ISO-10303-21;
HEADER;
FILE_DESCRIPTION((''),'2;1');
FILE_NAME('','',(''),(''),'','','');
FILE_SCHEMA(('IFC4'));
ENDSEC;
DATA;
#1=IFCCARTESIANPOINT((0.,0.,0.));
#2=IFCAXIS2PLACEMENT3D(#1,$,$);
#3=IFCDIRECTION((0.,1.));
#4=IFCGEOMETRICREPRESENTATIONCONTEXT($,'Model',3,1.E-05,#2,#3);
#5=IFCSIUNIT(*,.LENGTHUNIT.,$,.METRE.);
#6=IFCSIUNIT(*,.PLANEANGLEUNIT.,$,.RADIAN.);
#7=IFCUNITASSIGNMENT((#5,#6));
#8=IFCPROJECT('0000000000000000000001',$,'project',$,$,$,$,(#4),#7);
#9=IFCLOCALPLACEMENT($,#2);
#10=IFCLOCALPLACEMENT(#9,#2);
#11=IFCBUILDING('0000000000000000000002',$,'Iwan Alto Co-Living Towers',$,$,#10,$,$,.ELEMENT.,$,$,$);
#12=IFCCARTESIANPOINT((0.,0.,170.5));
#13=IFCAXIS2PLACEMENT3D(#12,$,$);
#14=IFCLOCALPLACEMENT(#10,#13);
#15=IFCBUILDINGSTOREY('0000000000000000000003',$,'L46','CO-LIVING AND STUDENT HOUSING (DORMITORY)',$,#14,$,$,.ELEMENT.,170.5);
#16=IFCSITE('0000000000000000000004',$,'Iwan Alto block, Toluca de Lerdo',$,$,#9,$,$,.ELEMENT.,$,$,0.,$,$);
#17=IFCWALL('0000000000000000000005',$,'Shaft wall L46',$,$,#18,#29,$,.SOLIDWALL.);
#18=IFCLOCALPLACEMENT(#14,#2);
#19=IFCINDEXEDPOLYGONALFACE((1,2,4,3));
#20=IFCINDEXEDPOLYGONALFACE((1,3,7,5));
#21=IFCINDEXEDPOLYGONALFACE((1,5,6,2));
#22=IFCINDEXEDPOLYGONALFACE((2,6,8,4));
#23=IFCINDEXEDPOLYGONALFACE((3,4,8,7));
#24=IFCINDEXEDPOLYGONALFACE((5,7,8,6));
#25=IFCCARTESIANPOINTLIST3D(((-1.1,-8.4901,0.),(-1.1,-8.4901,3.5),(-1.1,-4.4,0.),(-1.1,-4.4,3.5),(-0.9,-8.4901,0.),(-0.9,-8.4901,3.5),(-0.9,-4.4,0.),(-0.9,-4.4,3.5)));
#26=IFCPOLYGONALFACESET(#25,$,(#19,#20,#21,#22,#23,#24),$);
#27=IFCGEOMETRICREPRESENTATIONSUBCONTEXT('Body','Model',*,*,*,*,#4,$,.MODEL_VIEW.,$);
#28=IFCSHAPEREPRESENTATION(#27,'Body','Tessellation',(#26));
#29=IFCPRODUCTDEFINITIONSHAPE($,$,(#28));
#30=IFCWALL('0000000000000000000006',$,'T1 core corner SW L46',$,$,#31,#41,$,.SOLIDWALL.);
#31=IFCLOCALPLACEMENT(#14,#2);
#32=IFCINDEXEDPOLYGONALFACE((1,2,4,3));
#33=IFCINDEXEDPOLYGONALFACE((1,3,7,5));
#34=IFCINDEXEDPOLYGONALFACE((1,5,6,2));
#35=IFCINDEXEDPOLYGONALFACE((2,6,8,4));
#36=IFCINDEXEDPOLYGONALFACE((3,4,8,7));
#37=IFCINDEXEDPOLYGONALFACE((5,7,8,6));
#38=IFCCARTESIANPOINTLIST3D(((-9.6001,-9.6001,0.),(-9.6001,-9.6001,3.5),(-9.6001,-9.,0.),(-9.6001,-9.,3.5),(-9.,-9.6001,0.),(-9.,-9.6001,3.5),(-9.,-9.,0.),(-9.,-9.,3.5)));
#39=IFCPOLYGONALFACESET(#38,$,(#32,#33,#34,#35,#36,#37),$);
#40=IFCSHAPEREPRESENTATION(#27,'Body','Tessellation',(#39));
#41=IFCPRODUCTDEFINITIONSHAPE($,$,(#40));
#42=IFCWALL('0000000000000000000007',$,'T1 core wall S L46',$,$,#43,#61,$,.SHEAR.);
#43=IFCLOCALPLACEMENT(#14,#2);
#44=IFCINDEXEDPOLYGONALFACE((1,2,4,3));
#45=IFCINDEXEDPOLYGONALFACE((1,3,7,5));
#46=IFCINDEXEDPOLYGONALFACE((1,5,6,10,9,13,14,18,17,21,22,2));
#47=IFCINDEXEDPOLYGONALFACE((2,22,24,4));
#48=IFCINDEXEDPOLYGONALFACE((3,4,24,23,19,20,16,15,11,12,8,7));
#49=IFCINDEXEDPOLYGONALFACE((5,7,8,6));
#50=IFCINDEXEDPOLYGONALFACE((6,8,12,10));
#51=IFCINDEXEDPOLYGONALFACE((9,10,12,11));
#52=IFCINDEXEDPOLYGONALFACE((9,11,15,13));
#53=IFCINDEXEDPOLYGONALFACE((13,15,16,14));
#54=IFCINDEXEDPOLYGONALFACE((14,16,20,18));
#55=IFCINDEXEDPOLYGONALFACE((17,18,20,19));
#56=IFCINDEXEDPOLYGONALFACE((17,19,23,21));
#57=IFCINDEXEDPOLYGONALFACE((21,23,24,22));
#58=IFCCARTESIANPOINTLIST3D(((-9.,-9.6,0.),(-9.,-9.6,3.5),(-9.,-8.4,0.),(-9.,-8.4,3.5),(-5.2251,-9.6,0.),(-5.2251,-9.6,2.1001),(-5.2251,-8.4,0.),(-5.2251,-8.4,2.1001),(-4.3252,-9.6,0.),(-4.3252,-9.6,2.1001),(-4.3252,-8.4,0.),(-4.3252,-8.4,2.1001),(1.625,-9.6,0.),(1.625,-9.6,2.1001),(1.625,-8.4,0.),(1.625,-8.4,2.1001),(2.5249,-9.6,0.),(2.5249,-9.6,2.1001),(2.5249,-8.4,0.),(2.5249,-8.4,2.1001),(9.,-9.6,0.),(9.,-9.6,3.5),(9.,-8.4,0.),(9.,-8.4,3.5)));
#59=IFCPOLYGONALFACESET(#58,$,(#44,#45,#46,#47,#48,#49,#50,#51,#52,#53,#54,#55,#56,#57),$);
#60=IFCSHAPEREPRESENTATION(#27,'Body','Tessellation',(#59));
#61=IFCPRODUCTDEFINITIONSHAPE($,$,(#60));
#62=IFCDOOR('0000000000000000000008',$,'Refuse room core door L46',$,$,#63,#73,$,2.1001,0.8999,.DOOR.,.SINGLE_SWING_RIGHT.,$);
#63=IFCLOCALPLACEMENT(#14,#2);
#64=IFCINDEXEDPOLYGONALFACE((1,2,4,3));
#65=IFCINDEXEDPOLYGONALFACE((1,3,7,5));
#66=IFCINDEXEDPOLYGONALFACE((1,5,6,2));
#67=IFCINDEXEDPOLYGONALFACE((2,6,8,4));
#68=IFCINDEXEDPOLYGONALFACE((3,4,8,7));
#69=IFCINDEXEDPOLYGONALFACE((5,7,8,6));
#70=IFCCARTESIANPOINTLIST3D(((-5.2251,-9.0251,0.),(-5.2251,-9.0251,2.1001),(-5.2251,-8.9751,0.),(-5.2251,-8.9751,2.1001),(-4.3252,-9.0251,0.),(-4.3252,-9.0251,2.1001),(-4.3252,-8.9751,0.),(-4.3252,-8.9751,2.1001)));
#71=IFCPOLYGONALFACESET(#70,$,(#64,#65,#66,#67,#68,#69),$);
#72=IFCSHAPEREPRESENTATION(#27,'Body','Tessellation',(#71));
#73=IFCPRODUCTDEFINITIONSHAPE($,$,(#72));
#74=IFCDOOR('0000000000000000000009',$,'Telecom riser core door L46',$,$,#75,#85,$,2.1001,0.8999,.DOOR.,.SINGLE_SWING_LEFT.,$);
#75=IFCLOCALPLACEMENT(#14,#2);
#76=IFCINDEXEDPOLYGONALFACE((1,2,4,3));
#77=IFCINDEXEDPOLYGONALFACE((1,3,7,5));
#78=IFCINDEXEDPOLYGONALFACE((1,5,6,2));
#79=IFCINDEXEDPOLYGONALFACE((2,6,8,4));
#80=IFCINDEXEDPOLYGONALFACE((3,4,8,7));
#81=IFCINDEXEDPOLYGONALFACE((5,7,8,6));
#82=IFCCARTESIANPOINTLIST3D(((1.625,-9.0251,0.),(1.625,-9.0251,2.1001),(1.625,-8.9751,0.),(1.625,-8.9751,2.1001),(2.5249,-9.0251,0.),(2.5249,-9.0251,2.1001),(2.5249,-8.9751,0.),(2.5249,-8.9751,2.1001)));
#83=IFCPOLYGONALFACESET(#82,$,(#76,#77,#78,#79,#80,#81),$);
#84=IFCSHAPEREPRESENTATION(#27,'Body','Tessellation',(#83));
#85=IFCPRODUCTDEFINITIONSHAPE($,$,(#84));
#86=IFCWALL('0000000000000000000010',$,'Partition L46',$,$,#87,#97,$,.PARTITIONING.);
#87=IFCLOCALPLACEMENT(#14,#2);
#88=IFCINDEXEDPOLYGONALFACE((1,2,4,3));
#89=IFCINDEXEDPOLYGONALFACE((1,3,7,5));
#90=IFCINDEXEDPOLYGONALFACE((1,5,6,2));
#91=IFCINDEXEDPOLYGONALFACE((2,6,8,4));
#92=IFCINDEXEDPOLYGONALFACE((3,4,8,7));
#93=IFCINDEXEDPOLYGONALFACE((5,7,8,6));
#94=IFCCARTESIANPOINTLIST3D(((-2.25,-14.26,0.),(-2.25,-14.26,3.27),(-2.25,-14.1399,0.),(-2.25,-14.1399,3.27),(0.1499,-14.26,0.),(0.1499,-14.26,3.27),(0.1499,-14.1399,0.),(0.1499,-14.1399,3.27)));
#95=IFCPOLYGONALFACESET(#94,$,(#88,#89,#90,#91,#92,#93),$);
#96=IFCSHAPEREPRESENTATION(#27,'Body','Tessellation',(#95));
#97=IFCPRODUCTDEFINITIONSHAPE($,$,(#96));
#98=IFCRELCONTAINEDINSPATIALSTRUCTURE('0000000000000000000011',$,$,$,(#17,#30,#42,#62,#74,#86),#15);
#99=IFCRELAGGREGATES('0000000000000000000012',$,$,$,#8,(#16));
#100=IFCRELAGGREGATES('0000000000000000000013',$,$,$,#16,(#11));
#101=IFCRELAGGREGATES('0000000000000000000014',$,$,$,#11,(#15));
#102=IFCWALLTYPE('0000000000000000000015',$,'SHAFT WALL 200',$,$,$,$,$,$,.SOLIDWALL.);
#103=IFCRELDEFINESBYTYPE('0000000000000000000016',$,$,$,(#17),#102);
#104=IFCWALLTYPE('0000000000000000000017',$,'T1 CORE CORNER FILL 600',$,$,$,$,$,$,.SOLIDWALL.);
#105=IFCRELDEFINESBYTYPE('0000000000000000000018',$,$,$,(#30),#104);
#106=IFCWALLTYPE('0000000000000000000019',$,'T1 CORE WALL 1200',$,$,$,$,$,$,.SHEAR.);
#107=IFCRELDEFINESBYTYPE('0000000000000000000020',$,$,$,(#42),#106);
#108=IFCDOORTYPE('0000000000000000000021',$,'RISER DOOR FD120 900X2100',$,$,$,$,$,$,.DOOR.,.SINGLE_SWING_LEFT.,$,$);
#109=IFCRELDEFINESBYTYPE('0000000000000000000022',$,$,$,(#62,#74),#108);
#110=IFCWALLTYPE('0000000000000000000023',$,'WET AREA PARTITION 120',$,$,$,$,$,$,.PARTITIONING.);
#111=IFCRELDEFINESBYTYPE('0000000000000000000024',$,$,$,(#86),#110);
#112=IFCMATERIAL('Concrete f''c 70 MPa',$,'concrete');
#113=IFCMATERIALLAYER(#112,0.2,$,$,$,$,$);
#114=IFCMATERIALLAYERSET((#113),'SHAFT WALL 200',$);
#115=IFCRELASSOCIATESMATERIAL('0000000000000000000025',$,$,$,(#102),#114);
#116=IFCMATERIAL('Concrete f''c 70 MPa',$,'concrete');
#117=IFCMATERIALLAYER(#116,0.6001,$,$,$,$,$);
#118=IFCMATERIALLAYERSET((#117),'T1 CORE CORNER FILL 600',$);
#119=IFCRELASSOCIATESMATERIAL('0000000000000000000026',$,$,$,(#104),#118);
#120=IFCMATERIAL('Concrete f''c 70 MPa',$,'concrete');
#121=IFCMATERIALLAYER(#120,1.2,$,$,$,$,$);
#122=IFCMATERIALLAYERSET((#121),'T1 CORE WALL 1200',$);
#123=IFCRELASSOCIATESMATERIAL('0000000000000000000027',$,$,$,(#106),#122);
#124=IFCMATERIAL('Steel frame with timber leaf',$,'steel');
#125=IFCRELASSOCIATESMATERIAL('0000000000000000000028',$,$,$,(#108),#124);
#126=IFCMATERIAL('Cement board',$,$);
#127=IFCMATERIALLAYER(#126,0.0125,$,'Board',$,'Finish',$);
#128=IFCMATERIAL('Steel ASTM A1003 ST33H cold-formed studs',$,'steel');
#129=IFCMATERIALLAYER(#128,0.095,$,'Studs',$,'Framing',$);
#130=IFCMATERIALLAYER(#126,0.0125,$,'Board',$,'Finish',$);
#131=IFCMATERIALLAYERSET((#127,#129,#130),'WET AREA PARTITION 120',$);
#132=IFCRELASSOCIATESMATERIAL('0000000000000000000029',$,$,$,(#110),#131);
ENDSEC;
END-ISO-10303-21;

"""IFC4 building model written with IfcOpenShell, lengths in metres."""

from ifc_helpers import new_model, si_unit, direction, frame, frame_2d, origin, place, context, subcontext, project, spatial, rectangle, extrude, material, layer, layer_set, type_object, element, fill, save


model = new_model("IFC4")

# Units and contexts
model_context = context("Model", 3, precision=1e-05, world=origin(), true_north=direction((0.0, 1.0)))
body_context = subcontext(model_context, "Body", "Model", "MODEL_VIEW")
ifc_project = project(units=[si_unit("LENGTHUNIT", "METRE"), si_unit("PLANEANGLEUNIT", "RADIAN")], contexts=[model_context])

# Site, building, storey
site_placement = place(None, origin())
site = spatial("IfcSite", under=ifc_project, at=site_placement, Name="Iwan Alto block, Toluca de Lerdo", CompositionType="ELEMENT", RefElevation=0.0)
building_placement = place(site_placement, origin())
building = spatial("IfcBuilding", under=site, at=building_placement, Name="Iwan Alto Co-Living Towers", CompositionType="ELEMENT")
storey_placement = place(building_placement, frame((0.0, 0.0, 170.5)))
storey = spatial("IfcBuildingStorey", under=building, at=storey_placement, Name="L46", Description="CO-LIVING AND STUDENT HOUSING (DORMITORY)", CompositionType="ELEMENT", Elevation=170.5)

# Shared definitions
ifc_material_1 = material(Name="Steel ASTM A1003 ST33H cold-formed studs", Category="steel")

# Walls
ifc_material_2 = material(Name="Concrete f'c 70 MPa", Category="concrete")
ifc_layer_1 = layer(ifc_material_2, 0.2)
ifc_layer_set_1 = layer_set([ifc_layer_1], Name="SHAFT WALL 200")
wall_type_1 = type_object("IfcWallType", Name="SHAFT WALL 200", PredefinedType="SOLIDWALL", material=ifc_layer_set_1)
wall_1_placement = place(storey_placement, frame((-1.0, -8.49, 0.0), z_axis=(0.0, 0.0, 1.0), x_axis=(0.0, 1.0, 0.0)))
element("IfcWall", 1, at=wall_1_placement, inside=storey, type_object=wall_type_1, Name="Shaft wall L46", PredefinedType="SOLIDWALL", context=body_context, shape_type="SweptSolid", body=[
    extrude(rectangle(XDim=4.0901, YDim=0.2, at=frame_2d((2.0449, 0.0))), origin(), (0.0, 0.0, 1.0), 3.5),
])
ifc_material_3 = material(Name="Concrete f'c 70 MPa", Category="concrete")
ifc_layer_2 = layer(ifc_material_3, 0.6001)
ifc_layer_set_2 = layer_set([ifc_layer_2], Name="T1 CORE CORNER FILL 600")
wall_type_2 = type_object("IfcWallType", Name="T1 CORE CORNER FILL 600", PredefinedType="SOLIDWALL", material=ifc_layer_set_2)
wall_2_placement = place(storey_placement, frame((-9.6001, -9.3, 0.0), z_axis=(0.0, 0.0, 1.0), x_axis=(1.0, 0.0, 0.0)))
element("IfcWall", 2, at=wall_2_placement, inside=storey, type_object=wall_type_2, Name="T1 core corner SW L46", PredefinedType="SOLIDWALL", context=body_context, shape_type="SweptSolid", body=[
    extrude(rectangle(XDim=0.6001, YDim=0.6001, at=frame_2d((0.3, 0.0))), origin(), (0.0, 0.0, 1.0), 3.5),
])

# Wall, openings, doors
ifc_material_4 = material(Name="Concrete f'c 70 MPa", Category="concrete")
ifc_layer_3 = layer(ifc_material_4, 1.2)
ifc_layer_set_3 = layer_set([ifc_layer_3], Name="T1 CORE WALL 1200")
wall_type_3 = type_object("IfcWallType", Name="T1 CORE WALL 1200", PredefinedType="SHEAR", material=ifc_layer_set_3)
wall_3_placement = place(storey_placement, frame((-9.0, -9.0, 0.0), z_axis=(0.0, 0.0, 1.0), x_axis=(1.0, 0.0, 0.0)))
wall_3 = element("IfcWall", 3, at=wall_3_placement, inside=storey, type_object=wall_type_3, Name="T1 core wall S L46", PredefinedType="SHEAR", context=body_context, shape_type="SweptSolid", body=[
    extrude(rectangle(XDim=18.0, YDim=1.2, at=frame_2d((9.0, 0.0))), origin(), (0.0, 0.0, 1.0), 3.5),
])
opening_1_placement = place(wall_3_placement, frame((3.7749, 0.0, 0.0)))
opening_1 = element("IfcOpeningElement", 4, at=opening_1_placement, cuts=wall_3, PredefinedType="OPENING", context=body_context, shape_type="SweptSolid", body=[
    extrude(rectangle(XDim=0.8999, YDim=2.1001, at=frame_2d((0.45, 1.05))), frame((0.0, 0.6099, 0.0), z_axis=(0.0, -1.0, 0.0), x_axis=(1.0, 0.0, 0.0)), (0.0, 0.0, 1.0), 1.22),
])
opening_2_placement = place(wall_3_placement, frame((10.625, 0.0, 0.0)))
opening_2 = element("IfcOpeningElement", 5, at=opening_2_placement, cuts=wall_3, PredefinedType="OPENING", context=body_context, shape_type="SweptSolid", body=[
    extrude(rectangle(XDim=0.8999, YDim=2.1001, at=frame_2d((0.45, 1.05))), frame((0.0, 0.6099, 0.0), z_axis=(0.0, -1.0, 0.0), x_axis=(1.0, 0.0, 0.0)), (0.0, 0.0, 1.0), 1.22),
])
ifc_material_5 = material(Name="Steel frame with timber leaf", Category="steel")
door_type_1 = type_object("IfcDoorType", Name="RISER DOOR FD120 900X2100", OperationType="SINGLE_SWING_LEFT", PredefinedType="DOOR", material=ifc_material_5)
door_1_placement = place(opening_1_placement, origin())
door_1 = element("IfcDoor", 6, at=door_1_placement, inside=storey, type_object=door_type_1, Name="Refuse room core door L46", OperationType="SINGLE_SWING_RIGHT", OverallHeight=2.1001, OverallWidth=0.8999, PredefinedType="DOOR", context=body_context, shape_type="SweptSolid", body=[
    extrude(rectangle(XDim=0.8999, YDim=2.1001, at=frame_2d((0.45, 1.05))), frame((0.0, 0.0249, 0.0), z_axis=(0.0, -1.0, 0.0), x_axis=(1.0, 0.0, 0.0)), (0.0, 0.0, 1.0), 0.05),
])
fill(opening_1, door_1)
door_2_placement = place(opening_2_placement, origin())
door_2 = element("IfcDoor", 7, at=door_2_placement, inside=storey, type_object=door_type_1, Name="Telecom riser core door L46", OperationType="SINGLE_SWING_LEFT", OverallHeight=2.1001, OverallWidth=0.8999, PredefinedType="DOOR", context=body_context, shape_type="SweptSolid", body=[
    extrude(rectangle(XDim=0.8999, YDim=2.1001, at=frame_2d((0.45, 1.05))), frame((0.0, 0.0249, 0.0), z_axis=(0.0, -1.0, 0.0), x_axis=(1.0, 0.0, 0.0)), (0.0, 0.0, 1.0), 0.05),
])
fill(opening_2, door_2)

# Wall
ifc_material_6 = material(Name="Cement board")
ifc_layer_4 = layer(ifc_material_6, 0.0125, Name="Board", Category="Finish")
ifc_layer_5 = layer(ifc_material_1, 0.095, Name="Studs", Category="Framing")
ifc_layer_6 = layer(ifc_material_6, 0.0125, Name="Board", Category="Finish")
ifc_layer_set_4 = layer_set([ifc_layer_4, ifc_layer_5, ifc_layer_6], Name="WET AREA PARTITION 120")
wall_type_4 = type_object("IfcWallType", Name="WET AREA PARTITION 120", PredefinedType="PARTITIONING", material=ifc_layer_set_4)
wall_4_placement = place(storey_placement, frame((-2.25, -14.2, 0.0), z_axis=(0.0, 0.0, 1.0), x_axis=(1.0, 0.0, 0.0)))
element("IfcWall", 8, at=wall_4_placement, inside=storey, type_object=wall_type_4, Name="Partition L46", PredefinedType="PARTITIONING", context=body_context, shape_type="SweptSolid", body=[
    extrude(rectangle(XDim=2.3999, YDim=0.1201, at=frame_2d((1.2, 0.0))), origin(), (0.0, 0.0, 1.0), 3.27),
])

save(model, "model.ifc")
